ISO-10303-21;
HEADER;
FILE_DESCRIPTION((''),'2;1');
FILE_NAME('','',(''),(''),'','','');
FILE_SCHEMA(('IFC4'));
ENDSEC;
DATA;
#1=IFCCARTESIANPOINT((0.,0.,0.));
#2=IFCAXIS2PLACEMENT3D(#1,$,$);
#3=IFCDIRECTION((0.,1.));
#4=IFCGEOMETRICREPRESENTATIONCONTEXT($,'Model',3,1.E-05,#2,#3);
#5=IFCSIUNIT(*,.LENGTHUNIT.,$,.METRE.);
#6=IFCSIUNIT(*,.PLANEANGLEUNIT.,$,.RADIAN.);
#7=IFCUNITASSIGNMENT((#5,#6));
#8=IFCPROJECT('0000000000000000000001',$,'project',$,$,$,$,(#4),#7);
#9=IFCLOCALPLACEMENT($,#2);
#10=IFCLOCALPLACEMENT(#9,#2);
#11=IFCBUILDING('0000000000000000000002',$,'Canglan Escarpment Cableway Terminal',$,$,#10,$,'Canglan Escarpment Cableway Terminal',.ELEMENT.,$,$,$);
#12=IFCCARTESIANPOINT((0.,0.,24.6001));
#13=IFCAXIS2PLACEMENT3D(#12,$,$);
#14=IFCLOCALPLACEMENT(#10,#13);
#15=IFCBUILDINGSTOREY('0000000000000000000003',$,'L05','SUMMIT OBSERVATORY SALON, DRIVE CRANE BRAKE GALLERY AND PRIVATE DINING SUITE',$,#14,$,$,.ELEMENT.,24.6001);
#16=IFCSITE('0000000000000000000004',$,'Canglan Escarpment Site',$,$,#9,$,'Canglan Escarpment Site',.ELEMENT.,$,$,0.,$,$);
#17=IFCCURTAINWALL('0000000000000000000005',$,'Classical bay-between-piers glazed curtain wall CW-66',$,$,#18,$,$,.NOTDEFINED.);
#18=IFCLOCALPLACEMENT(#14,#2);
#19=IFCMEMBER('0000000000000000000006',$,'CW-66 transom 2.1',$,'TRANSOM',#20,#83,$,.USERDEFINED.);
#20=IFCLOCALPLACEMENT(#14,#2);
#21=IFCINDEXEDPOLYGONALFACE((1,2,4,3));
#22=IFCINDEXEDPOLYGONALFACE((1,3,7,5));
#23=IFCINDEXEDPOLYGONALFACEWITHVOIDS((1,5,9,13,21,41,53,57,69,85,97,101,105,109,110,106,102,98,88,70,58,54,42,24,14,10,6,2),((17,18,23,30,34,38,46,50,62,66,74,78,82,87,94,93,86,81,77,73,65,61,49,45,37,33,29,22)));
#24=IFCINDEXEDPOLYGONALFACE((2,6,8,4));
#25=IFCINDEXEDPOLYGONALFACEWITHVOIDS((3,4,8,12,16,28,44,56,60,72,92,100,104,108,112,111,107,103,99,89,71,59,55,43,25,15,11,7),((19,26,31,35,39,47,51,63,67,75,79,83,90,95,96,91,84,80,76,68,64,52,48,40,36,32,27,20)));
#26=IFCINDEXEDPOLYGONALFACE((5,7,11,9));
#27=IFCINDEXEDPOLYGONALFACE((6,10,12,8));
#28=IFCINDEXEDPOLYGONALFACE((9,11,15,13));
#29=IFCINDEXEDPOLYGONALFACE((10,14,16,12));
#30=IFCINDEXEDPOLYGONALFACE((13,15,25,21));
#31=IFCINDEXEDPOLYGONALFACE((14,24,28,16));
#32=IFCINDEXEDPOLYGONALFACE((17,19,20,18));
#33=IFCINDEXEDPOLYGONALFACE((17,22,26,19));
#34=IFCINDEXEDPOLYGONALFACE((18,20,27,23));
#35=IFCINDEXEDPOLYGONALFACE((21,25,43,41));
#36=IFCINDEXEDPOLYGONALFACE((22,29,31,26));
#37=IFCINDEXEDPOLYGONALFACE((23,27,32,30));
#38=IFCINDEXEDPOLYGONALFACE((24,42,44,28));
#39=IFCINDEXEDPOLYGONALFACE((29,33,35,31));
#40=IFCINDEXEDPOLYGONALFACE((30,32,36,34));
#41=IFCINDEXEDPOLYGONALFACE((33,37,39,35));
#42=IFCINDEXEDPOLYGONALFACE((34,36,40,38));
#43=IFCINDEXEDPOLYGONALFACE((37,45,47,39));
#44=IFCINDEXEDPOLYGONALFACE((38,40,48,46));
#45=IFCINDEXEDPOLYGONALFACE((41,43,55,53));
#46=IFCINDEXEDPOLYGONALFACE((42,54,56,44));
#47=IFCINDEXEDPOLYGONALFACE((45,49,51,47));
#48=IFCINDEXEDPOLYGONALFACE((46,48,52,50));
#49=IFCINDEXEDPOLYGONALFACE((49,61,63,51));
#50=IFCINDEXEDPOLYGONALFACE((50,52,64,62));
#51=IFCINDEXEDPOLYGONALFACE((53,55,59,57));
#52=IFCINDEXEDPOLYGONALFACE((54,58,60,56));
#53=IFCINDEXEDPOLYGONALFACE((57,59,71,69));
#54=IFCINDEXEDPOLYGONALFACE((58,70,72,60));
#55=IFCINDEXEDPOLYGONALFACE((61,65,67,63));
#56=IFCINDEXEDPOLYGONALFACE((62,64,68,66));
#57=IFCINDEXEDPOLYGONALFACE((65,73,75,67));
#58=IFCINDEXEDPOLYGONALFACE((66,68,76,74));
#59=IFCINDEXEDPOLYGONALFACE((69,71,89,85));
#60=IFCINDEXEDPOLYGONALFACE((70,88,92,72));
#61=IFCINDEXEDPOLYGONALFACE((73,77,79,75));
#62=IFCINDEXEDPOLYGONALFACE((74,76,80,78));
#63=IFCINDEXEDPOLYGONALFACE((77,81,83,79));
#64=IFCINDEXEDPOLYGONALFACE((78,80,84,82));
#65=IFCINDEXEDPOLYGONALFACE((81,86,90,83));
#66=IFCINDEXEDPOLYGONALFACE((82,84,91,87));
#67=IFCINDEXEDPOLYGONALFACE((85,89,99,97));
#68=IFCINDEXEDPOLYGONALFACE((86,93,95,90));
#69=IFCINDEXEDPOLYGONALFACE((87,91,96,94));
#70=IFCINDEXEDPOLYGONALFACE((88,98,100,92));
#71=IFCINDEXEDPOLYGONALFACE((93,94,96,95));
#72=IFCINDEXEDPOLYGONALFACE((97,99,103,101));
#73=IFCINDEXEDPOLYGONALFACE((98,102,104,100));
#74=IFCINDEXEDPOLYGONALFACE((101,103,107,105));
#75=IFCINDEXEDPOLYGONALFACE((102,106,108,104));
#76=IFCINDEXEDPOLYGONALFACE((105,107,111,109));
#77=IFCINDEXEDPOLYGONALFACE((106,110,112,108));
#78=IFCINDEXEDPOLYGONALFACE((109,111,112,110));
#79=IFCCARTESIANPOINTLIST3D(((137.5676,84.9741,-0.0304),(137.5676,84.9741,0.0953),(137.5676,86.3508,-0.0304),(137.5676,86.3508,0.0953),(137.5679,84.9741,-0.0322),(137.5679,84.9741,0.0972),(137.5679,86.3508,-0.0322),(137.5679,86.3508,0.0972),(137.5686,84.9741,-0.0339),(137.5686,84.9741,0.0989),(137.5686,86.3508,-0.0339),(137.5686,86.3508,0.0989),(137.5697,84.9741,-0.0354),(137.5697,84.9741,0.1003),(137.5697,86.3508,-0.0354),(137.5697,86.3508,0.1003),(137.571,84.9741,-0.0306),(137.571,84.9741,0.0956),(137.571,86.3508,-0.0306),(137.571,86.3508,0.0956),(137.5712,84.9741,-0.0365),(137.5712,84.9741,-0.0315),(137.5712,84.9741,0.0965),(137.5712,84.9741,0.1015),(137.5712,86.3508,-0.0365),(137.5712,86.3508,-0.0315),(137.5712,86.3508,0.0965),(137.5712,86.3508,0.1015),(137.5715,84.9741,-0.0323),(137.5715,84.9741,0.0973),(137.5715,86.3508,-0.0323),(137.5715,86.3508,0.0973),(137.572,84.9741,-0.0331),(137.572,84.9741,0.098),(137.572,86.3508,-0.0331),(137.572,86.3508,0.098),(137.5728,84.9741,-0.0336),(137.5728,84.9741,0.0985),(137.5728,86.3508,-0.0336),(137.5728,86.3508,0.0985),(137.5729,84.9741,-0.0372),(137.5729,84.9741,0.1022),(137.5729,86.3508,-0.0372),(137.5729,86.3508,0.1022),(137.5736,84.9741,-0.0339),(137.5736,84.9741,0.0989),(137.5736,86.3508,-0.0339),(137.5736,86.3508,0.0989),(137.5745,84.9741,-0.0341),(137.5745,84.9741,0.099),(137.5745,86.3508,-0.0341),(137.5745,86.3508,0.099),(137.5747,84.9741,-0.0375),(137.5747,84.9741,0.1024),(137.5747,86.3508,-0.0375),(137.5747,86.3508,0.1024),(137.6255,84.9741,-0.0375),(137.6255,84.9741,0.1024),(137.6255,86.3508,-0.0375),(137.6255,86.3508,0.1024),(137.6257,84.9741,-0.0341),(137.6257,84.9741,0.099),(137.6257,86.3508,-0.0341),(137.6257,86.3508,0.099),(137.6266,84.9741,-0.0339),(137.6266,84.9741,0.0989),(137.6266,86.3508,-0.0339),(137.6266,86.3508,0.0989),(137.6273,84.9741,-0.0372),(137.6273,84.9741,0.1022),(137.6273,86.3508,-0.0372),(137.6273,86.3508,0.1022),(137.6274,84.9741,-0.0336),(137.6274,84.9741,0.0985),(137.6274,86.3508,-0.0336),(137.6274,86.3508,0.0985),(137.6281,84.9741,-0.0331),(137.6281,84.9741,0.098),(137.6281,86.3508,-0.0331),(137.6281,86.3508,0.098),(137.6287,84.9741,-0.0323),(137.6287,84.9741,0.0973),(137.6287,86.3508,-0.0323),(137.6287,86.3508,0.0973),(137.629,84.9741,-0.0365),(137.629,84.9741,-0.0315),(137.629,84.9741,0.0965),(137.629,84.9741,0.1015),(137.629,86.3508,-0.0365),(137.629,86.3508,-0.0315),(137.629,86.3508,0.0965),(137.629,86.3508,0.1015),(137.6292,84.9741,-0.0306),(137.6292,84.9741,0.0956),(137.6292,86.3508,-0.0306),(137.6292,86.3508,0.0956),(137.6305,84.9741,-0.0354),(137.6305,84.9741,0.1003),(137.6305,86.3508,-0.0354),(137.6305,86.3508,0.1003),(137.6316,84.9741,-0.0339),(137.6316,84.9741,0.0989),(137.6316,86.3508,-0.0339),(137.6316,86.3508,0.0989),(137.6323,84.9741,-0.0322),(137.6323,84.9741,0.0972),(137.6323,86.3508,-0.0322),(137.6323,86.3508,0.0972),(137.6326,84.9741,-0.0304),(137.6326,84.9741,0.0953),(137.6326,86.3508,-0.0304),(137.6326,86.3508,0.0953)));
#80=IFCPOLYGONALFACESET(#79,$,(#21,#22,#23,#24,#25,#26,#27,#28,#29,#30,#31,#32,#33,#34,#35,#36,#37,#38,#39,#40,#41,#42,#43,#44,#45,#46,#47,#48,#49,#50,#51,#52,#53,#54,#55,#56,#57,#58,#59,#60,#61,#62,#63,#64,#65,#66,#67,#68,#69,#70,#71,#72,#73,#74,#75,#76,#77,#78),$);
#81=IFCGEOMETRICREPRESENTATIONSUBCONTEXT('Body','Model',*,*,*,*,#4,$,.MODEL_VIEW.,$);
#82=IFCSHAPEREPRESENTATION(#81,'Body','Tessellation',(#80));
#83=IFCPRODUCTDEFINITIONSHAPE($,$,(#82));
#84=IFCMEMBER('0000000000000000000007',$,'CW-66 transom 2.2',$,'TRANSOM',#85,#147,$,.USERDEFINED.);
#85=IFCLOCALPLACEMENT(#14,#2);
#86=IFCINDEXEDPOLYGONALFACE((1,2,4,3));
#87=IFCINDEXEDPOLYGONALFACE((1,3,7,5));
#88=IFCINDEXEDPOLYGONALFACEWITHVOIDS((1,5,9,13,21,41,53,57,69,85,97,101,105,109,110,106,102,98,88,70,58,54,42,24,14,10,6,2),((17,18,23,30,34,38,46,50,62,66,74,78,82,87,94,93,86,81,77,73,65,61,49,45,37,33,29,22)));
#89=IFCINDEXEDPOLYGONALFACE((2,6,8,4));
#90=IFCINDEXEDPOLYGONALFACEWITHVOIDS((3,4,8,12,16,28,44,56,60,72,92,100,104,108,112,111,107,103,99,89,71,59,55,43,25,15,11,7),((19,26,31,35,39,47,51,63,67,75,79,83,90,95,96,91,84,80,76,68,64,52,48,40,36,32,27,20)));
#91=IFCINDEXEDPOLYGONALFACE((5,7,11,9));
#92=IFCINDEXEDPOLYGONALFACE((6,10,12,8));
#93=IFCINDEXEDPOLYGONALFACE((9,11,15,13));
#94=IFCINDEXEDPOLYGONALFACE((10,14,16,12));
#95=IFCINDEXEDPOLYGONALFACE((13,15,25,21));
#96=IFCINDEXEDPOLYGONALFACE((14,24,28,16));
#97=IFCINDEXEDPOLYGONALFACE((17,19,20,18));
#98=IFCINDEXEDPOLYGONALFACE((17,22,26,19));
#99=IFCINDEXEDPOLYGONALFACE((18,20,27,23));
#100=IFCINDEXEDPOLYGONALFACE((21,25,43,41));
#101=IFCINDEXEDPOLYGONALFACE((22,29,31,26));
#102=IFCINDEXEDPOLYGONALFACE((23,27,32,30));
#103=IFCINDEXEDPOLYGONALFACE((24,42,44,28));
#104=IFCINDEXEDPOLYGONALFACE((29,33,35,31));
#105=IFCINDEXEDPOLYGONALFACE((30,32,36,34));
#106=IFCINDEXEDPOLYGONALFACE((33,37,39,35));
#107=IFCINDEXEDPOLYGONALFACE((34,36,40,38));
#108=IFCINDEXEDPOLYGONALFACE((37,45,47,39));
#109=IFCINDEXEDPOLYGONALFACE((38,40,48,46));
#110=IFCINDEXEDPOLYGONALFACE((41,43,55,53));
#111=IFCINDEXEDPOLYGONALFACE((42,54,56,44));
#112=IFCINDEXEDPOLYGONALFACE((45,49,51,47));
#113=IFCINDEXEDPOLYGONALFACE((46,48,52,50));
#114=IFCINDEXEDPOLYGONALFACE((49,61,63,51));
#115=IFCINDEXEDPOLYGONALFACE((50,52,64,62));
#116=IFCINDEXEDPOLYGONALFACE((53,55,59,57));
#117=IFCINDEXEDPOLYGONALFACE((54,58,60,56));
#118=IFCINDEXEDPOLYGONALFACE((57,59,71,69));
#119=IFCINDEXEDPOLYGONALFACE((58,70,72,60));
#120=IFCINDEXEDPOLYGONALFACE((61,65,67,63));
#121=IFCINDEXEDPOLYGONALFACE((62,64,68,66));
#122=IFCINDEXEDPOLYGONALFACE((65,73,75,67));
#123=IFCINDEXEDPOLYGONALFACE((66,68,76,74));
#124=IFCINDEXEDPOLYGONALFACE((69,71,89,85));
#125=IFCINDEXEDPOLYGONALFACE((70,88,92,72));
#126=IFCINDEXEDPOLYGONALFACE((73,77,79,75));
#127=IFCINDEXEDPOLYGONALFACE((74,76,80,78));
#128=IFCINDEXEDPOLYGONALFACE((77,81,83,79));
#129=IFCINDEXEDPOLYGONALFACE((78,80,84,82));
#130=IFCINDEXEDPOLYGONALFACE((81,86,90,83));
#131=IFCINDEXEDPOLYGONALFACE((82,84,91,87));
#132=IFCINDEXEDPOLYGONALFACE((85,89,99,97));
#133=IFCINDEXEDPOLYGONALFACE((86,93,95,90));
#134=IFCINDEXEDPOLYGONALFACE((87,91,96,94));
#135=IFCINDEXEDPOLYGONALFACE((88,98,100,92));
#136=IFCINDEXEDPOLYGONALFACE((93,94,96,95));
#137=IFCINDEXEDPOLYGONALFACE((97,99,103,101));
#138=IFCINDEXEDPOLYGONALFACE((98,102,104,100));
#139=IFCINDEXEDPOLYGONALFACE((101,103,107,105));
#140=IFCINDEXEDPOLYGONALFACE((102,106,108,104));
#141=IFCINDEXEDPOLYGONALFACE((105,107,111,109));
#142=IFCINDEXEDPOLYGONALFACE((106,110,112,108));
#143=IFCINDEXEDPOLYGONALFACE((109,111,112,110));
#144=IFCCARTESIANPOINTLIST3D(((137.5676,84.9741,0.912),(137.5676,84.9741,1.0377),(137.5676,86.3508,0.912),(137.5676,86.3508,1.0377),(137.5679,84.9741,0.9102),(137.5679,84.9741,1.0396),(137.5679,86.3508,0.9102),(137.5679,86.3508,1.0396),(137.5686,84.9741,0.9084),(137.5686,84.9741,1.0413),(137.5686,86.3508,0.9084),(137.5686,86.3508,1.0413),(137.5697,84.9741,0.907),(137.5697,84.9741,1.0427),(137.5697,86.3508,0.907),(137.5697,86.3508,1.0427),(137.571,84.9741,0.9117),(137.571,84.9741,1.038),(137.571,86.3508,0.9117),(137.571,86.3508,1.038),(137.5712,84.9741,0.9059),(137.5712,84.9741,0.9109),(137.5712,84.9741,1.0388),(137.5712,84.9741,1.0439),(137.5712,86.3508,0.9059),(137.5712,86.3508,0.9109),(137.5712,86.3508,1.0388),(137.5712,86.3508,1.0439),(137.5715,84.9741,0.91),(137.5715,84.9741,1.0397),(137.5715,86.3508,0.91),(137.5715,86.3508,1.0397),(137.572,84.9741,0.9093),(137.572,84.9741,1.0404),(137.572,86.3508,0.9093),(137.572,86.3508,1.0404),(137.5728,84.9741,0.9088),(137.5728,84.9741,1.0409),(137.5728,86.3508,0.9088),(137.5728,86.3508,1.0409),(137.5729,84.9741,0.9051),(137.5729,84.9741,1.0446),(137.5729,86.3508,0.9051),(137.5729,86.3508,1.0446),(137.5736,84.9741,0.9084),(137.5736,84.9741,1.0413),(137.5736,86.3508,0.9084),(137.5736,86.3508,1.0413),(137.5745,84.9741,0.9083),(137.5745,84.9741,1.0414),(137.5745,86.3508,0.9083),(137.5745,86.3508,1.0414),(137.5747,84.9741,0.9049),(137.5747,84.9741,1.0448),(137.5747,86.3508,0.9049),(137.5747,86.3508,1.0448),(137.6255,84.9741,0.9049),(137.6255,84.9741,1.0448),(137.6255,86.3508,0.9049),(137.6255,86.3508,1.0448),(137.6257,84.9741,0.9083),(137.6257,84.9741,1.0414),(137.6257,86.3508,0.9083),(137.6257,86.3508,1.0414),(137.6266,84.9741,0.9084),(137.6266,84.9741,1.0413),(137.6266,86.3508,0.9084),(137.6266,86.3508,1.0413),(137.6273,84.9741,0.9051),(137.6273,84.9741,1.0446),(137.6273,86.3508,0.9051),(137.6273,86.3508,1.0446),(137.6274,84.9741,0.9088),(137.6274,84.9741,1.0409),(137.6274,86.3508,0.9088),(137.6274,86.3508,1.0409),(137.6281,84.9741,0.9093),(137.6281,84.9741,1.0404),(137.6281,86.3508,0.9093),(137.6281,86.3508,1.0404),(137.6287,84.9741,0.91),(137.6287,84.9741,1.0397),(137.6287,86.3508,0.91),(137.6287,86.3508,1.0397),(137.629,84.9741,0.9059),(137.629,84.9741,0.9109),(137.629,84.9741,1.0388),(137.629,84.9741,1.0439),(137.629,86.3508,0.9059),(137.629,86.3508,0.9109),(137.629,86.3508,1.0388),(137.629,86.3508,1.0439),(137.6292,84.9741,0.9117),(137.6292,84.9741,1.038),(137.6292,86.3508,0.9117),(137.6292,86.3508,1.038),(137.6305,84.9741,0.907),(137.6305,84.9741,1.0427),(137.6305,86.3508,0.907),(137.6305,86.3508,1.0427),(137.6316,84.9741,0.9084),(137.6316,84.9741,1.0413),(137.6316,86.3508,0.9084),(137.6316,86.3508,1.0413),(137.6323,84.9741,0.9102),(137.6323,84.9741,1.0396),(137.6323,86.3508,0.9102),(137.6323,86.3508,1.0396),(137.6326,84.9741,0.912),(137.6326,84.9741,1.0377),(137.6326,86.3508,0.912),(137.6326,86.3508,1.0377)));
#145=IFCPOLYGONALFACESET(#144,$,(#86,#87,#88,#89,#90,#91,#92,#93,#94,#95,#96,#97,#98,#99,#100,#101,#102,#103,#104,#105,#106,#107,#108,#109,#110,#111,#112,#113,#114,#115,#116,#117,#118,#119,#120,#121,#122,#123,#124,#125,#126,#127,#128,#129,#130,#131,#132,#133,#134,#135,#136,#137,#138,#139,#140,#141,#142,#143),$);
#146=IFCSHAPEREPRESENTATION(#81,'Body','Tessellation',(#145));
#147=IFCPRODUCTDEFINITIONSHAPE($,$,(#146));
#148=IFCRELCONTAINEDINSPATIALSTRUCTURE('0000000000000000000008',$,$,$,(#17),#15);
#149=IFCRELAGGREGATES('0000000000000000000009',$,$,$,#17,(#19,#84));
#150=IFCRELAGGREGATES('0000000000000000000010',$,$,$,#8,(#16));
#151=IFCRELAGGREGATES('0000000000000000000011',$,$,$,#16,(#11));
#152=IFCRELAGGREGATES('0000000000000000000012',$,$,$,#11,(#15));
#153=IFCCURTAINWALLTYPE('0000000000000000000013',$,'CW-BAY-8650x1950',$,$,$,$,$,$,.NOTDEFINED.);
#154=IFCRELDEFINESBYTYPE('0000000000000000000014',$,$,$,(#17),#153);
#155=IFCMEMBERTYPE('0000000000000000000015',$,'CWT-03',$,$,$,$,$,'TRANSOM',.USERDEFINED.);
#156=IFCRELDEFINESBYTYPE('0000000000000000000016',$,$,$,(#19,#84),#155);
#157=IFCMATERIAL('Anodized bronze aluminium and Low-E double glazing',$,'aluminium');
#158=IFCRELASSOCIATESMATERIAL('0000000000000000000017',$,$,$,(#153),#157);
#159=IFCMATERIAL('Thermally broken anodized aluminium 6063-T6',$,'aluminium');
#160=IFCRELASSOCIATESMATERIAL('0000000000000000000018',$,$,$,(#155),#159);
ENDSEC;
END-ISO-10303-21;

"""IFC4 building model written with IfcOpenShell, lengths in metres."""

from ifc_helpers import new_model, si_unit, direction, frame, origin, origin_2d, place, context, subcontext, project, spatial, hollow_rectangle, extrude, material, material_profile, profile_set, type_object, element, aggregate, save


model = new_model("IFC4")

# Units and contexts
model_context = context("Model", 3, precision=1e-05, world=origin(), true_north=direction((0.0, 1.0)))
body_context = subcontext(model_context, "Body", "Model", "MODEL_VIEW")
ifc_project = project(units=[si_unit("LENGTHUNIT", "METRE"), si_unit("PLANEANGLEUNIT", "RADIAN")], contexts=[model_context])

# Site, building, storey
site_placement = place(None, origin())
site = spatial("IfcSite", under=ifc_project, at=site_placement, Name="Canglan Escarpment Site", LongName="Canglan Escarpment Site", CompositionType="ELEMENT", RefElevation=0.0)
building_placement = place(site_placement, origin())
building = spatial("IfcBuilding", under=site, at=building_placement, Name="Canglan Escarpment Cableway Terminal", LongName="Canglan Escarpment Cableway Terminal", CompositionType="ELEMENT")
storey_placement = place(building_placement, frame((0.0, 0.0, 24.6001)))
storey = spatial("IfcBuildingStorey", under=building, at=storey_placement, Name="L05", Description="SUMMIT OBSERVATORY SALON, DRIVE CRANE BRAKE GALLERY AND PRIVATE DINING SUITE", CompositionType="ELEMENT", Elevation=24.6001)

# Curtain wall, members
ifc_material_1 = material(Name="Anodized bronze aluminium and Low-E double glazing", Category="aluminium")
curtain_wall_type = type_object("IfcCurtainWallType", Name="CW-BAY-8650x1950", PredefinedType="NOTDEFINED", material=ifc_material_1)
curtain_wall_placement = place(storey_placement, origin())
curtain_wall = element("IfcCurtainWall", 1, at=curtain_wall_placement, inside=storey, type_object=curtain_wall_type, Name="Classical bay-between-piers glazed curtain wall CW-66", PredefinedType="NOTDEFINED")
ifc_material_2 = material(Name="Thermally broken anodized aluminium 6063-T6", Category="aluminium")
ifc_material_profile_1 = material_profile(ifc_material_2, hollow_rectangle(XDim=0.0649, YDim=0.1399, WallThickness=0.0034, InnerFilletRadius=0.0034, OuterFilletRadius=0.0071, at=origin_2d()), Name="ALU-TRAN 65x140x3.5")
ifc_profile_set_1 = profile_set([ifc_material_profile_1], Name="Thermally broken anodized aluminium 6063-T6")
member_type_1 = type_object("IfcMemberType", Name="CWT-03", ElementType="TRANSOM", PredefinedType="USERDEFINED", material=ifc_profile_set_1)
member_1_placement = place(storey_placement, frame((137.6001, 86.3508, 0.0325), z_axis=(0.0, -1.0, 0.0), x_axis=(1.0, 0.0, 0.0)))
member_1 = element("IfcMember", 2, at=member_1_placement, type_object=member_type_1, Name="CW-66 transom 2.1", ObjectType="TRANSOM", PredefinedType="USERDEFINED", context=body_context, shape_type="SweptSolid", body=[
    extrude(hollow_rectangle(XDim=0.0649, YDim=0.1399, WallThickness=0.0034, InnerFilletRadius=0.0034, OuterFilletRadius=0.0071, at=origin_2d()), origin(), (0.0, 0.0, 1.0), 1.3767),
])
member_2_placement = place(storey_placement, frame((137.6001, 86.3508, 0.9749), z_axis=(0.0, -1.0, 0.0), x_axis=(1.0, 0.0, 0.0)))
member_2 = element("IfcMember", 3, at=member_2_placement, type_object=member_type_1, Name="CW-66 transom 2.2", ObjectType="TRANSOM", PredefinedType="USERDEFINED", context=body_context, shape_type="SweptSolid", body=[
    extrude(hollow_rectangle(XDim=0.0649, YDim=0.1399, WallThickness=0.0034, InnerFilletRadius=0.0034, OuterFilletRadius=0.0071, at=origin_2d()), origin(), (0.0, 0.0, 1.0), 1.3767),
])
aggregate(curtain_wall, [member_1, member_2])

save(model, "model.ifc")
